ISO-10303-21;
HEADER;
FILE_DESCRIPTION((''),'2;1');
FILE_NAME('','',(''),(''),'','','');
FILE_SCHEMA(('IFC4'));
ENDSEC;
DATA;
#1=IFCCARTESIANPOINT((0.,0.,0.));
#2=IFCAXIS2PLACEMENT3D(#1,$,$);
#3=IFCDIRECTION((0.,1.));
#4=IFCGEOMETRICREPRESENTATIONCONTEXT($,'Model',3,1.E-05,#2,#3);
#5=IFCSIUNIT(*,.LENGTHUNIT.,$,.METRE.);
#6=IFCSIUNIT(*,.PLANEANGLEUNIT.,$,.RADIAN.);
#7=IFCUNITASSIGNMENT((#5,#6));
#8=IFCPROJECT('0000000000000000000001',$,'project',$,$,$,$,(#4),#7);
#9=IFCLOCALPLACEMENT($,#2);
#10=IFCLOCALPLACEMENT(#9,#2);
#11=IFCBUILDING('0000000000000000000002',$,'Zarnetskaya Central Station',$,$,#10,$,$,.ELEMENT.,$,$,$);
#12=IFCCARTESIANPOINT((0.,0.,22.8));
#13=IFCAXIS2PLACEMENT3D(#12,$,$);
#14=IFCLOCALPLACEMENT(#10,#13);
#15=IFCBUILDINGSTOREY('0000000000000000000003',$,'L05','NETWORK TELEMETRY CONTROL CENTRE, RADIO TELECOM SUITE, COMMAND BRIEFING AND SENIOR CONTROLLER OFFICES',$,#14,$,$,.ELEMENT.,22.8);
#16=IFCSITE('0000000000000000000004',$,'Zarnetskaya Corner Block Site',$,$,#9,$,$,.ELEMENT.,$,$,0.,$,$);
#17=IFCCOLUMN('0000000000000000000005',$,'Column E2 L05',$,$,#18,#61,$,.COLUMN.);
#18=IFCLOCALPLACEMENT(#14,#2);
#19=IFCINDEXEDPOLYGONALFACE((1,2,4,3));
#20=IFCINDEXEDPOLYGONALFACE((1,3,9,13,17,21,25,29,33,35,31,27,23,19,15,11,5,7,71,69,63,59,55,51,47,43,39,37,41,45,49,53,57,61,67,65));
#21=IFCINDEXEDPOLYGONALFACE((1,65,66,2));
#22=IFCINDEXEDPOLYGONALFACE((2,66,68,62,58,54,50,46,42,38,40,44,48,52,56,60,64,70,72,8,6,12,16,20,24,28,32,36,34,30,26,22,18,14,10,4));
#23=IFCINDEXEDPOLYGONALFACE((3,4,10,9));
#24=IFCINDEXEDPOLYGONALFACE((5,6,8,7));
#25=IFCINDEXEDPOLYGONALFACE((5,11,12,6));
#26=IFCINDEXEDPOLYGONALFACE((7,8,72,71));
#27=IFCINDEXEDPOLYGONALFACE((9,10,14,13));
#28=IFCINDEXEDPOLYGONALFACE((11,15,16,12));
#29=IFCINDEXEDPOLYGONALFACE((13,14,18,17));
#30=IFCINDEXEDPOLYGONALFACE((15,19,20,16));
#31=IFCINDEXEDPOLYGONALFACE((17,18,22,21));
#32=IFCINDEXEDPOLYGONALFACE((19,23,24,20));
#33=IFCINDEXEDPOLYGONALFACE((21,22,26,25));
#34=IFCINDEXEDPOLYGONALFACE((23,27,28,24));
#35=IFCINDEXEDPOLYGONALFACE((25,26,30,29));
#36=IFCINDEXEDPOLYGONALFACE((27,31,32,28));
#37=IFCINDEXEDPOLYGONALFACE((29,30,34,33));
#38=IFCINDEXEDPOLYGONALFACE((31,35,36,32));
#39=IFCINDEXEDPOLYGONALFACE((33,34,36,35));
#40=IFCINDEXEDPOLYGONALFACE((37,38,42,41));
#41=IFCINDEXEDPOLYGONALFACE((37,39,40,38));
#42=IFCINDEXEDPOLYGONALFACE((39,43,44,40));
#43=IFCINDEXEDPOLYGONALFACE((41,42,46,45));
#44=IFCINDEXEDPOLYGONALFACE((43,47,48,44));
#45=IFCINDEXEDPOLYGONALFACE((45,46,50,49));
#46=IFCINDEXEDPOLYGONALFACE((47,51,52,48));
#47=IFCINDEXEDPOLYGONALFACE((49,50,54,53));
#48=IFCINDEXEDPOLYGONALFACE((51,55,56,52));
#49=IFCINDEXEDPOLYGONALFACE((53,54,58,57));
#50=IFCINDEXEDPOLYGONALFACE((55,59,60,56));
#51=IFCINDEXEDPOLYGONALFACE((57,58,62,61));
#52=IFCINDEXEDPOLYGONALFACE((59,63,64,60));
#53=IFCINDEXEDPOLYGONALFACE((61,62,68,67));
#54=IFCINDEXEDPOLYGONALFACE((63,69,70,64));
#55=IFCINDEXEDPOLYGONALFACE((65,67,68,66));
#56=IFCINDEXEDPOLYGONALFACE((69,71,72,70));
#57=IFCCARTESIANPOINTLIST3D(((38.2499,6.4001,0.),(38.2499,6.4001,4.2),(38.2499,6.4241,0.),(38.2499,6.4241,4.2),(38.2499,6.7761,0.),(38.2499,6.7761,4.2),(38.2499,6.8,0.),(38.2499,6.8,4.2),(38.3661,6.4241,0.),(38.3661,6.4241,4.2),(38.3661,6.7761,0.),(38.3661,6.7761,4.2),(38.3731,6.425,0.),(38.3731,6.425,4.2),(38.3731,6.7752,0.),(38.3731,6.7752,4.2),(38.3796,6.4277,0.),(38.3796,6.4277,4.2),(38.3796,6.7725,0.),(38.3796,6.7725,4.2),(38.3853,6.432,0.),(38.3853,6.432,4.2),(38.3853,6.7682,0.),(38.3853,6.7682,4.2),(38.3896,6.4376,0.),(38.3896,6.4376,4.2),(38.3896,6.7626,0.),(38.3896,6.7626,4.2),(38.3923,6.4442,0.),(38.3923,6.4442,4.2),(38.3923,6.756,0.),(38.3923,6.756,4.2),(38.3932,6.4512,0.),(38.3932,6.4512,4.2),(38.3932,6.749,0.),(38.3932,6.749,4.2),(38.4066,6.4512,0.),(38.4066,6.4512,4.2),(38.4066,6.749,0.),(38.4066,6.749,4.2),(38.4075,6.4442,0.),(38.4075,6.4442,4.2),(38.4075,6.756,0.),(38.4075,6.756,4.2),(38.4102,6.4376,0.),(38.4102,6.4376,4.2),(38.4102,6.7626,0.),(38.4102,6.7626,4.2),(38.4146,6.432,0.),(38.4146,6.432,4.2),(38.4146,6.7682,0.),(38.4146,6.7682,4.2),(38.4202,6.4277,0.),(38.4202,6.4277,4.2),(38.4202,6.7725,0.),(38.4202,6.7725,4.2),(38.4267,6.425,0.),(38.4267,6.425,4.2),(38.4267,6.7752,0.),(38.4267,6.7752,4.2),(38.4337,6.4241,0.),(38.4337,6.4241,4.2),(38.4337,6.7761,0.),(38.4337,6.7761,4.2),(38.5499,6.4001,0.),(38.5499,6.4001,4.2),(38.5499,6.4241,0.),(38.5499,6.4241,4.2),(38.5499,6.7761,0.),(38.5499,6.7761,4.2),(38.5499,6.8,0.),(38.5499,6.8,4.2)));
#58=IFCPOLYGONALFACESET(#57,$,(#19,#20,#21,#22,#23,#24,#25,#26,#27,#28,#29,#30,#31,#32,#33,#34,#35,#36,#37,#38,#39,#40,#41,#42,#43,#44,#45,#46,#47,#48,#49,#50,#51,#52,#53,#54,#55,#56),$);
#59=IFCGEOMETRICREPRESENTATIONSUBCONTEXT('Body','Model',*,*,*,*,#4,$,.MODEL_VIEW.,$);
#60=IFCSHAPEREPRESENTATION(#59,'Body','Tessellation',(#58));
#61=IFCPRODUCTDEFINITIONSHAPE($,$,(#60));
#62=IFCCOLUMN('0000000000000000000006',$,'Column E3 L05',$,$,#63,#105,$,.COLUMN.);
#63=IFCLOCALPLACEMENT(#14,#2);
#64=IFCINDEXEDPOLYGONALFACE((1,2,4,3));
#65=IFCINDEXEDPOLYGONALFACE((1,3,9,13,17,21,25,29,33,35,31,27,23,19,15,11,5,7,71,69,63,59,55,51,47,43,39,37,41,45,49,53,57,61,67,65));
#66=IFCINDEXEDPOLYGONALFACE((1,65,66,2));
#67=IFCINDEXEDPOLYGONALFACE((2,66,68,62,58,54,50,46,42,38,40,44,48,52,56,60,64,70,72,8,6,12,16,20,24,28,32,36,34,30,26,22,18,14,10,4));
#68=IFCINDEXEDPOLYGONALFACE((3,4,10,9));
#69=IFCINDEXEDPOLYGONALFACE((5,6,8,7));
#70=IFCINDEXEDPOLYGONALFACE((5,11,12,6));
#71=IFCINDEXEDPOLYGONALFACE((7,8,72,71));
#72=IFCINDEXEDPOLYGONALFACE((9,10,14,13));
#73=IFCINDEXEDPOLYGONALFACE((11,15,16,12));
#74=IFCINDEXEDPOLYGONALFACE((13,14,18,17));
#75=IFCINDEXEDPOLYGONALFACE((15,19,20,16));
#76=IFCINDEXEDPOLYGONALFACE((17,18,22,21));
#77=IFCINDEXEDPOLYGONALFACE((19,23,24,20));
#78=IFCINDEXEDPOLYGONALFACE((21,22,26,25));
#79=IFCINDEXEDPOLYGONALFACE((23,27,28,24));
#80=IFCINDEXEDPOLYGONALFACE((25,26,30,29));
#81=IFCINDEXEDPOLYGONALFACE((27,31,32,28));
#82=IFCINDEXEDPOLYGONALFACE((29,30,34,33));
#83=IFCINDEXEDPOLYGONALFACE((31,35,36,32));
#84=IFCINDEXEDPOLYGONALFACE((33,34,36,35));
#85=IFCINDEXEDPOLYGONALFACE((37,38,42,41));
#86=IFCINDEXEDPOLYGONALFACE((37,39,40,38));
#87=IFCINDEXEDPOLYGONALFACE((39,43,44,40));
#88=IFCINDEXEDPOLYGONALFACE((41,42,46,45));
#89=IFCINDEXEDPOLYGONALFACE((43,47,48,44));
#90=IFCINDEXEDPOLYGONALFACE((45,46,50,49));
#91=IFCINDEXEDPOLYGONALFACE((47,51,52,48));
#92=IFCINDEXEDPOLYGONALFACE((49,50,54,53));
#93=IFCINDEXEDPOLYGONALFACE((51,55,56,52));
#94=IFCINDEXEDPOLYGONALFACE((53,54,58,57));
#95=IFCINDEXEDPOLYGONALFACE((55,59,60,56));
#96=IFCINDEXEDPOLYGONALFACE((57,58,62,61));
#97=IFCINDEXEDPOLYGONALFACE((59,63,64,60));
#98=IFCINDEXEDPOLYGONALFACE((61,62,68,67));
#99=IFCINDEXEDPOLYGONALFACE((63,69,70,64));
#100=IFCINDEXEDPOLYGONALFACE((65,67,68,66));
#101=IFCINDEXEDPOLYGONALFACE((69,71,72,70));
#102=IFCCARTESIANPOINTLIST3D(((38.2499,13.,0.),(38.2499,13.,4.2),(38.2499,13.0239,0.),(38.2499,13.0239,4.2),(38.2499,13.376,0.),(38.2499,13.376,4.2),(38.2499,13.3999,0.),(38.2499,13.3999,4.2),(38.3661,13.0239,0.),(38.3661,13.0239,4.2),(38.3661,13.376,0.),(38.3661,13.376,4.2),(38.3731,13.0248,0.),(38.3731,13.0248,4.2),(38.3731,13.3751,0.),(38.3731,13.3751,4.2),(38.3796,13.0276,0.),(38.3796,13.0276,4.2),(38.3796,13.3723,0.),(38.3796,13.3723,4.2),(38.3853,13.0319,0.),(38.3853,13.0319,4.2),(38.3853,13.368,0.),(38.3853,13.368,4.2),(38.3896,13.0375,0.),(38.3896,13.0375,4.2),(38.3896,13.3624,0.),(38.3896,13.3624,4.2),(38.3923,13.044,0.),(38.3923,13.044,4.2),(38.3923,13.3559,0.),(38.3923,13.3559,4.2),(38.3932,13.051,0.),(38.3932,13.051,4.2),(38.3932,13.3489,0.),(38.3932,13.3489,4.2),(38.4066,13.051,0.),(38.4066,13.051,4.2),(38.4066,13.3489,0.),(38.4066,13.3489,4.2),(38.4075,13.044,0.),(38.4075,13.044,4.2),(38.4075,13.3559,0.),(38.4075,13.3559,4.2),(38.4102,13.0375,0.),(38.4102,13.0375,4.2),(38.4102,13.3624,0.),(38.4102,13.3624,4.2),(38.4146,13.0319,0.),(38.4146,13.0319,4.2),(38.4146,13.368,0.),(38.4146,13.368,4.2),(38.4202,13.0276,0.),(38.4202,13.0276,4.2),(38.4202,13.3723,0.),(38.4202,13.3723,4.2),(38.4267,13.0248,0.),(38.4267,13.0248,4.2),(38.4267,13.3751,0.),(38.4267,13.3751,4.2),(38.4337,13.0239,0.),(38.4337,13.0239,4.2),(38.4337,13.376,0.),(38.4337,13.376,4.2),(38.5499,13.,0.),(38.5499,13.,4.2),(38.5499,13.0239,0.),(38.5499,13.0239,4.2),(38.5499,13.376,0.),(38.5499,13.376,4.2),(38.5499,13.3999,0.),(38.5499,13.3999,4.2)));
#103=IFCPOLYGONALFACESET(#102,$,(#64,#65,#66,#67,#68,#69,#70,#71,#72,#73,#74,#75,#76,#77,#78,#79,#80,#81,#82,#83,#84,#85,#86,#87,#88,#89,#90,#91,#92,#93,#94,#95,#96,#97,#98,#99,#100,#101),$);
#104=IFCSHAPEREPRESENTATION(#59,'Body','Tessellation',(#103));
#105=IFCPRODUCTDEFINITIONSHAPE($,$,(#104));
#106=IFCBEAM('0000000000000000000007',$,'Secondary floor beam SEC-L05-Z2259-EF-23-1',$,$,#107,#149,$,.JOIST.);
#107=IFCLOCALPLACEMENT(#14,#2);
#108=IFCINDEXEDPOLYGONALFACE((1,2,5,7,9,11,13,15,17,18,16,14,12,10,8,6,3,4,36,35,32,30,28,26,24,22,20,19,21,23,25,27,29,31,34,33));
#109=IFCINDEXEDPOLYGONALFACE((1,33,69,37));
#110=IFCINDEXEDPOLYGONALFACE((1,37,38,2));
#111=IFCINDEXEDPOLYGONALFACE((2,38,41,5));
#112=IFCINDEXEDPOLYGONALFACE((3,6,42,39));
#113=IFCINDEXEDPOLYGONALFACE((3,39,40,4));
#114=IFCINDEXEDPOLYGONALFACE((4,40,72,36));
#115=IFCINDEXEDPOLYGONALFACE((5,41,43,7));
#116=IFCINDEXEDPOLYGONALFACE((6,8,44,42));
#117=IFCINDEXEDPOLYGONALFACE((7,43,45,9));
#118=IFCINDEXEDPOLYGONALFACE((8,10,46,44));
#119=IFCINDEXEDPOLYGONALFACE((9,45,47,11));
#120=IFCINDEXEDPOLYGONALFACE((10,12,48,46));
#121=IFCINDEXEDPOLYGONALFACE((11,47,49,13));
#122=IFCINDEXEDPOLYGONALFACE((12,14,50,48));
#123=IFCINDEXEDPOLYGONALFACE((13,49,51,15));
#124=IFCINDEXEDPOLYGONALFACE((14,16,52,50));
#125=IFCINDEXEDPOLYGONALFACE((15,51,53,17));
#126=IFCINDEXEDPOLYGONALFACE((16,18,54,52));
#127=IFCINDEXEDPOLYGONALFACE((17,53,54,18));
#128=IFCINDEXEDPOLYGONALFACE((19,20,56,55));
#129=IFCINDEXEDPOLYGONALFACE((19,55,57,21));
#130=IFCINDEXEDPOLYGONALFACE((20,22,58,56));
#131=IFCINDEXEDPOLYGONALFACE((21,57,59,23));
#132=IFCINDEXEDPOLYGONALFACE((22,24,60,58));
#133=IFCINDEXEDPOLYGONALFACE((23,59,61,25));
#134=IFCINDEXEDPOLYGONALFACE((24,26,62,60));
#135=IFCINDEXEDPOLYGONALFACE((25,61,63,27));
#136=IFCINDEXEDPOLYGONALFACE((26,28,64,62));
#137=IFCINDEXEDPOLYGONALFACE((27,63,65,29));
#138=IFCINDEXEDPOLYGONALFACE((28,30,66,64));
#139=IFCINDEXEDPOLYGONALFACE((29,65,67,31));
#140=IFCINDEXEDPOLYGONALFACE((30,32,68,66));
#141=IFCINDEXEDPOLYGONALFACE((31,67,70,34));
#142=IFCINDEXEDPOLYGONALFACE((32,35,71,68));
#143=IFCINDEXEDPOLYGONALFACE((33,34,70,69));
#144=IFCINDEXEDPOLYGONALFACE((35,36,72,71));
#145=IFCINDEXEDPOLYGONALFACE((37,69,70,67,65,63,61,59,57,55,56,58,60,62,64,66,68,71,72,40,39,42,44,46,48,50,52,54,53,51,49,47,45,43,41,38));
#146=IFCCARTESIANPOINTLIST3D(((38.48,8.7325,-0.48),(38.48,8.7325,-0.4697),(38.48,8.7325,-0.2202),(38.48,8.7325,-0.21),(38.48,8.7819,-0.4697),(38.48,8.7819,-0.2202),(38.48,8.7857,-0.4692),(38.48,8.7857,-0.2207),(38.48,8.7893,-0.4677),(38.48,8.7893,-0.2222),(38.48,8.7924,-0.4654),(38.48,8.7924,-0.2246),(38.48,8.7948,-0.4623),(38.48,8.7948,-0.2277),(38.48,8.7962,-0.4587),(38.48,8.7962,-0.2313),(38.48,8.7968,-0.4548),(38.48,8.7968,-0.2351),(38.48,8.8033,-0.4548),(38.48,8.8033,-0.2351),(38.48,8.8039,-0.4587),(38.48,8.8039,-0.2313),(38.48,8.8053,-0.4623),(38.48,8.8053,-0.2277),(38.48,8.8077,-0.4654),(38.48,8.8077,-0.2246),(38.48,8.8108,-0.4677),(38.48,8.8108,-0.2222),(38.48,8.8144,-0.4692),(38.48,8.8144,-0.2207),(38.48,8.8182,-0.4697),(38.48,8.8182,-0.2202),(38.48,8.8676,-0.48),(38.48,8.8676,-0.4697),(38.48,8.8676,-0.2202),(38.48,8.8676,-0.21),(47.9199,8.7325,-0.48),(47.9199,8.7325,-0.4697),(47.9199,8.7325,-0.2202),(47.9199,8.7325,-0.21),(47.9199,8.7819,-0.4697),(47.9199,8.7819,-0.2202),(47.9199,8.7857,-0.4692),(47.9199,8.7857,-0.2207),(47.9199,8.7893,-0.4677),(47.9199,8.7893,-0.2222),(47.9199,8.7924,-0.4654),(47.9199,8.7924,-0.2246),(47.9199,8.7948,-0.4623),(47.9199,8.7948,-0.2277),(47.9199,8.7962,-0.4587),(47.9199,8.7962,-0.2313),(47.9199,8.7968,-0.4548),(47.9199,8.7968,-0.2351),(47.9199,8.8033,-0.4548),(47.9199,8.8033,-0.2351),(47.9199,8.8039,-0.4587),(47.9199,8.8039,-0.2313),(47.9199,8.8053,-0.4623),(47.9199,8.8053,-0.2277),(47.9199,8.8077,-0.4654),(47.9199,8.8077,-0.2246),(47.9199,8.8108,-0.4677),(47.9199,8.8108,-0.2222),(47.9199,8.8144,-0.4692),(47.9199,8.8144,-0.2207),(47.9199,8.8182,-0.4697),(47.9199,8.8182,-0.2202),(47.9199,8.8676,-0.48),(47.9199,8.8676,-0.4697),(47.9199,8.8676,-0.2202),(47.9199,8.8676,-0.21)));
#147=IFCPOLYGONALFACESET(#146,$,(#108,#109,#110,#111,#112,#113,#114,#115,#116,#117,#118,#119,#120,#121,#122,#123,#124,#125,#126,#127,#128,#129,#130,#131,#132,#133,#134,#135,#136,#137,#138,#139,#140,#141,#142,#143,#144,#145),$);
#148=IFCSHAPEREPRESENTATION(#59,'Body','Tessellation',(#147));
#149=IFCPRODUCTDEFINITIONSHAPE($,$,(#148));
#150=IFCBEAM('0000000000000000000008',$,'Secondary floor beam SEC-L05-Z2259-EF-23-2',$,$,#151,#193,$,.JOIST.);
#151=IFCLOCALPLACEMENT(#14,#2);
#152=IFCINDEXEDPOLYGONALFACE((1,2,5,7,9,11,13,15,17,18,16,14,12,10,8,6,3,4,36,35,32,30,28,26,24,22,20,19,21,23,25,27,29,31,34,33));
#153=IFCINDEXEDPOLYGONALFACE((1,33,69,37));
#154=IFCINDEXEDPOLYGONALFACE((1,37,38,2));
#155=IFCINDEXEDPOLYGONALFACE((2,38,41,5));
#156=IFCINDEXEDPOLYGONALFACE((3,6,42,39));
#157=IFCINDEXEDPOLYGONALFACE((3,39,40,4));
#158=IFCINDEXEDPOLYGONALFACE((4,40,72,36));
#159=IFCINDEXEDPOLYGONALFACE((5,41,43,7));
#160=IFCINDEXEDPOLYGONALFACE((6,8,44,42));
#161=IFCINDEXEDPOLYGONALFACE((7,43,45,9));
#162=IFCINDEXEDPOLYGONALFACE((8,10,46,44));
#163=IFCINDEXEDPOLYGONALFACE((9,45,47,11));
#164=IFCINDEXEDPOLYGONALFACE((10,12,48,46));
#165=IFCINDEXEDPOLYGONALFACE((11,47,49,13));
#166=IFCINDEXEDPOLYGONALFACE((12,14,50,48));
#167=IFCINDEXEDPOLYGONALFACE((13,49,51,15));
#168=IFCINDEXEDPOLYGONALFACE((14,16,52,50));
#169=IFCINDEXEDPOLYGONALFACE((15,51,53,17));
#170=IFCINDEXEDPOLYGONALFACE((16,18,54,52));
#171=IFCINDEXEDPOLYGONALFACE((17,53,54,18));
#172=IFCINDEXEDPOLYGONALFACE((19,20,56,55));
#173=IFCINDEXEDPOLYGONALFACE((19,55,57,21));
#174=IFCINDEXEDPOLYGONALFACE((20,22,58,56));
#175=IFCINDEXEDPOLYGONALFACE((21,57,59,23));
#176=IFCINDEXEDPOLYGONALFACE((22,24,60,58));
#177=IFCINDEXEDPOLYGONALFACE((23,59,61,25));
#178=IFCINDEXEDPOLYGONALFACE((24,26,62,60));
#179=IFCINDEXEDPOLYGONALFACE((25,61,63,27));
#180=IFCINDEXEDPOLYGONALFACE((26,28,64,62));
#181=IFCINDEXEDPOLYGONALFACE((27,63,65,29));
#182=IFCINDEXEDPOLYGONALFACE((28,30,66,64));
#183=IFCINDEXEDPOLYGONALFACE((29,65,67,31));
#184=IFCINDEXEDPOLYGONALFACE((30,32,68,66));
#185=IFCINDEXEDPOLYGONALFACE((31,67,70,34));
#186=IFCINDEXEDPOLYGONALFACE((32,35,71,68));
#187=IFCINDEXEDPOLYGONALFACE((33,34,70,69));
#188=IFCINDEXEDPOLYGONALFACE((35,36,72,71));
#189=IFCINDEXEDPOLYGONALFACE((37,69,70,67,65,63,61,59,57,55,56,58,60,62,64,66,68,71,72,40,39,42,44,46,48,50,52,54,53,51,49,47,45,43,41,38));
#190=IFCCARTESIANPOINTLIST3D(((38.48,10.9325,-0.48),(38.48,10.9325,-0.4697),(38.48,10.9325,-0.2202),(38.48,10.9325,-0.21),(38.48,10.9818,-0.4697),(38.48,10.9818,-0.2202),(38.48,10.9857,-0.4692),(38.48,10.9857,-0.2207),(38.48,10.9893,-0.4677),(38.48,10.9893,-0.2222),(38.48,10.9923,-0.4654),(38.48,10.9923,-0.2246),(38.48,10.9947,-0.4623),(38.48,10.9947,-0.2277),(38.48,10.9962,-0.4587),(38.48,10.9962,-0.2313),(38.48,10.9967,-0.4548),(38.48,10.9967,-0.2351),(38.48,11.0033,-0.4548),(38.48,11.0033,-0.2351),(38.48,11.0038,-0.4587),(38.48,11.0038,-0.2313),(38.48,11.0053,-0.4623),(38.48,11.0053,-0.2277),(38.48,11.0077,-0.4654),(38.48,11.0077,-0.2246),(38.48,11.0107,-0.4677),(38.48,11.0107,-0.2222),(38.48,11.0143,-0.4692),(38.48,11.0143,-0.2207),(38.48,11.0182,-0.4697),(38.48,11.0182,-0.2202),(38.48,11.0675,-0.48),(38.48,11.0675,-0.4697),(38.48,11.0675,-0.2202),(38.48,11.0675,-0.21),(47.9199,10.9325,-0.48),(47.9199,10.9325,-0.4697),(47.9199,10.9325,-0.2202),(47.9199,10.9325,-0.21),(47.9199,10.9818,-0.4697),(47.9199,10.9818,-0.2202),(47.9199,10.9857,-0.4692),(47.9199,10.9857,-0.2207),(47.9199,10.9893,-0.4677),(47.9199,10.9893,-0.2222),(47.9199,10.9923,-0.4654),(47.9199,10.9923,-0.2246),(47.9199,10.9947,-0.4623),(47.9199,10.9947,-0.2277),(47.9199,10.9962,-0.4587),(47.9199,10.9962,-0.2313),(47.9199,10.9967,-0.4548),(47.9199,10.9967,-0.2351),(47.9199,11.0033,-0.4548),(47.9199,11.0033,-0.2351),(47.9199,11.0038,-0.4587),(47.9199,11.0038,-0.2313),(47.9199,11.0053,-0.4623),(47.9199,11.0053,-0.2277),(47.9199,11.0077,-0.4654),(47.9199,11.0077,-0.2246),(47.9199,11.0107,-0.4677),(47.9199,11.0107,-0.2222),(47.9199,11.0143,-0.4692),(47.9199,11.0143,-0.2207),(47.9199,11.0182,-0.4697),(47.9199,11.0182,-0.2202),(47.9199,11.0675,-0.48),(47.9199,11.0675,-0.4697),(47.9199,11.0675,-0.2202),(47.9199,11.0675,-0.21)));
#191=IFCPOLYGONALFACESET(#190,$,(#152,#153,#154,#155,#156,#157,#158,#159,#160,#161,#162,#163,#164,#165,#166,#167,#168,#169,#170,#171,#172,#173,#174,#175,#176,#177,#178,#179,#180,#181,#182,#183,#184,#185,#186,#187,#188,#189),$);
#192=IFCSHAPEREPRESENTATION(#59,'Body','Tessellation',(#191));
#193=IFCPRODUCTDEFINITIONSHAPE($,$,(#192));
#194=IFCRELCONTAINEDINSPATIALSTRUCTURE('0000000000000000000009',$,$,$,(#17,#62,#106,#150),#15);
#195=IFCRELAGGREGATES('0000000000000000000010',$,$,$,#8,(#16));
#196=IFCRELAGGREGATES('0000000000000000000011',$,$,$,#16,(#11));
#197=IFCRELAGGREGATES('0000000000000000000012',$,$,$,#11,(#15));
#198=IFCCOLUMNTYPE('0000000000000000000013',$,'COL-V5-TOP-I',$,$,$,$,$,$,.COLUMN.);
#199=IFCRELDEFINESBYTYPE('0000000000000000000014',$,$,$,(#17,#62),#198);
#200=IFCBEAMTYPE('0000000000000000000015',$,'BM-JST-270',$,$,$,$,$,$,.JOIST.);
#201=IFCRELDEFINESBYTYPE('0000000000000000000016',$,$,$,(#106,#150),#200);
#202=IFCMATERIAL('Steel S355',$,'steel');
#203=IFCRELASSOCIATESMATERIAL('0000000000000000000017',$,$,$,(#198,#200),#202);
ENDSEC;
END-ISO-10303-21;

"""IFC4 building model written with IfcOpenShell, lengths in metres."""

from ifc_helpers import new_model, si_unit, direction, frame, origin, origin_2d, place, context, subcontext, project, spatial, i_section, extrude, material, material_profile, profile_set, type_object, element, save


model = new_model("IFC4")

# Units and contexts
model_context = context("Model", 3, precision=1e-05, world=origin(), true_north=direction((0.0, 1.0)))
body_context = subcontext(model_context, "Body", "Model", "MODEL_VIEW")
ifc_project = project(units=[si_unit("LENGTHUNIT", "METRE"), si_unit("PLANEANGLEUNIT", "RADIAN")], contexts=[model_context])

# Site, building, storey
site_placement = place(None, origin())
site = spatial("IfcSite", under=ifc_project, at=site_placement, Name="Zarnetskaya Corner Block Site", CompositionType="ELEMENT", RefElevation=0.0)
building_placement = place(site_placement, origin())
building = spatial("IfcBuilding", under=site, at=building_placement, Name="Zarnetskaya Central Station", CompositionType="ELEMENT")
storey_placement = place(building_placement, frame((0.0, 0.0, 22.8)))
storey = spatial("IfcBuildingStorey", under=building, at=storey_placement, Name="L05", Description="NETWORK TELEMETRY CONTROL CENTRE, RADIO TELECOM SUITE, COMMAND BRIEFING AND SENIOR CONTROLLER OFFICES", CompositionType="ELEMENT", Elevation=22.8)

# Columns
ifc_material_1 = material(Name="Steel S355", Category="steel")
ifc_material_profile_1 = material_profile(ifc_material_1, i_section(OverallWidth=0.3, OverallDepth=0.3999, WebThickness=0.0134, FlangeThickness=0.0239, FilletRadius=0.0271, at=origin_2d()), Name="HEB 400")
ifc_profile_set_1 = profile_set([ifc_material_profile_1], Name="Steel S355")
column_type = type_object("IfcColumnType", Name="COL-V5-TOP-I", PredefinedType="COLUMN", material=ifc_profile_set_1)
for number, where, z_axis, x_axis, name in (
    (1, (38.3999, 6.6001, 0.0), (0.0, 0.0, 1.0), (1.0, 0.0, 0.0), "Column E2 L05"),
    (2, (38.3999, 13.2, 0.0), (0.0, 0.0, 1.0), (1.0, 0.0, 0.0), "Column E3 L05"),
):
    element("IfcColumn", number, at=place(storey_placement, frame(where, z_axis=z_axis, x_axis=x_axis)), inside=storey, type_object=column_type, Name=name, PredefinedType="COLUMN", context=body_context, shape_type="SweptSolid", body=[
        extrude(i_section(OverallWidth=0.3, OverallDepth=0.3999, WebThickness=0.0134, FlangeThickness=0.0239, FilletRadius=0.0271, at=origin_2d()), origin(), (0.0, 0.0, 1.0), 4.2),
    ])

# Beams
ifc_material_profile_2 = material_profile(ifc_material_1, i_section(OverallWidth=0.135, OverallDepth=0.27, WebThickness=0.0066, FlangeThickness=0.0103, FilletRadius=0.0149, at=origin_2d()), Name="IPE 270")
ifc_profile_set_2 = profile_set([ifc_material_profile_2], Name="Steel S355")
beam_type_1 = type_object("IfcBeamType", Name="BM-JST-270", PredefinedType="JOIST", material=ifc_profile_set_2)
for number, where, z_axis, x_axis, name in (
    (3, (38.48, 8.8, -0.345), (1.0, 0.0, 0.0), (0.0, 1.0, 0.0), "Secondary floor beam SEC-L05-Z2259-EF-23-1"),
    (4, (38.48, 11.0, -0.345), (1.0, 0.0, 0.0), (0.0, 1.0, 0.0), "Secondary floor beam SEC-L05-Z2259-EF-23-2"),
):
    element("IfcBeam", number, at=place(storey_placement, frame(where, z_axis=z_axis, x_axis=x_axis)), inside=storey, type_object=beam_type_1, Name=name, PredefinedType="JOIST", context=body_context, shape_type="SweptSolid", body=[
        extrude(i_section(OverallWidth=0.135, OverallDepth=0.27, WebThickness=0.0066, FlangeThickness=0.0103, FilletRadius=0.0149, at=origin_2d()), origin(), (0.0, 0.0, 1.0), 9.4399),
    ])

save(model, "model.ifc")
